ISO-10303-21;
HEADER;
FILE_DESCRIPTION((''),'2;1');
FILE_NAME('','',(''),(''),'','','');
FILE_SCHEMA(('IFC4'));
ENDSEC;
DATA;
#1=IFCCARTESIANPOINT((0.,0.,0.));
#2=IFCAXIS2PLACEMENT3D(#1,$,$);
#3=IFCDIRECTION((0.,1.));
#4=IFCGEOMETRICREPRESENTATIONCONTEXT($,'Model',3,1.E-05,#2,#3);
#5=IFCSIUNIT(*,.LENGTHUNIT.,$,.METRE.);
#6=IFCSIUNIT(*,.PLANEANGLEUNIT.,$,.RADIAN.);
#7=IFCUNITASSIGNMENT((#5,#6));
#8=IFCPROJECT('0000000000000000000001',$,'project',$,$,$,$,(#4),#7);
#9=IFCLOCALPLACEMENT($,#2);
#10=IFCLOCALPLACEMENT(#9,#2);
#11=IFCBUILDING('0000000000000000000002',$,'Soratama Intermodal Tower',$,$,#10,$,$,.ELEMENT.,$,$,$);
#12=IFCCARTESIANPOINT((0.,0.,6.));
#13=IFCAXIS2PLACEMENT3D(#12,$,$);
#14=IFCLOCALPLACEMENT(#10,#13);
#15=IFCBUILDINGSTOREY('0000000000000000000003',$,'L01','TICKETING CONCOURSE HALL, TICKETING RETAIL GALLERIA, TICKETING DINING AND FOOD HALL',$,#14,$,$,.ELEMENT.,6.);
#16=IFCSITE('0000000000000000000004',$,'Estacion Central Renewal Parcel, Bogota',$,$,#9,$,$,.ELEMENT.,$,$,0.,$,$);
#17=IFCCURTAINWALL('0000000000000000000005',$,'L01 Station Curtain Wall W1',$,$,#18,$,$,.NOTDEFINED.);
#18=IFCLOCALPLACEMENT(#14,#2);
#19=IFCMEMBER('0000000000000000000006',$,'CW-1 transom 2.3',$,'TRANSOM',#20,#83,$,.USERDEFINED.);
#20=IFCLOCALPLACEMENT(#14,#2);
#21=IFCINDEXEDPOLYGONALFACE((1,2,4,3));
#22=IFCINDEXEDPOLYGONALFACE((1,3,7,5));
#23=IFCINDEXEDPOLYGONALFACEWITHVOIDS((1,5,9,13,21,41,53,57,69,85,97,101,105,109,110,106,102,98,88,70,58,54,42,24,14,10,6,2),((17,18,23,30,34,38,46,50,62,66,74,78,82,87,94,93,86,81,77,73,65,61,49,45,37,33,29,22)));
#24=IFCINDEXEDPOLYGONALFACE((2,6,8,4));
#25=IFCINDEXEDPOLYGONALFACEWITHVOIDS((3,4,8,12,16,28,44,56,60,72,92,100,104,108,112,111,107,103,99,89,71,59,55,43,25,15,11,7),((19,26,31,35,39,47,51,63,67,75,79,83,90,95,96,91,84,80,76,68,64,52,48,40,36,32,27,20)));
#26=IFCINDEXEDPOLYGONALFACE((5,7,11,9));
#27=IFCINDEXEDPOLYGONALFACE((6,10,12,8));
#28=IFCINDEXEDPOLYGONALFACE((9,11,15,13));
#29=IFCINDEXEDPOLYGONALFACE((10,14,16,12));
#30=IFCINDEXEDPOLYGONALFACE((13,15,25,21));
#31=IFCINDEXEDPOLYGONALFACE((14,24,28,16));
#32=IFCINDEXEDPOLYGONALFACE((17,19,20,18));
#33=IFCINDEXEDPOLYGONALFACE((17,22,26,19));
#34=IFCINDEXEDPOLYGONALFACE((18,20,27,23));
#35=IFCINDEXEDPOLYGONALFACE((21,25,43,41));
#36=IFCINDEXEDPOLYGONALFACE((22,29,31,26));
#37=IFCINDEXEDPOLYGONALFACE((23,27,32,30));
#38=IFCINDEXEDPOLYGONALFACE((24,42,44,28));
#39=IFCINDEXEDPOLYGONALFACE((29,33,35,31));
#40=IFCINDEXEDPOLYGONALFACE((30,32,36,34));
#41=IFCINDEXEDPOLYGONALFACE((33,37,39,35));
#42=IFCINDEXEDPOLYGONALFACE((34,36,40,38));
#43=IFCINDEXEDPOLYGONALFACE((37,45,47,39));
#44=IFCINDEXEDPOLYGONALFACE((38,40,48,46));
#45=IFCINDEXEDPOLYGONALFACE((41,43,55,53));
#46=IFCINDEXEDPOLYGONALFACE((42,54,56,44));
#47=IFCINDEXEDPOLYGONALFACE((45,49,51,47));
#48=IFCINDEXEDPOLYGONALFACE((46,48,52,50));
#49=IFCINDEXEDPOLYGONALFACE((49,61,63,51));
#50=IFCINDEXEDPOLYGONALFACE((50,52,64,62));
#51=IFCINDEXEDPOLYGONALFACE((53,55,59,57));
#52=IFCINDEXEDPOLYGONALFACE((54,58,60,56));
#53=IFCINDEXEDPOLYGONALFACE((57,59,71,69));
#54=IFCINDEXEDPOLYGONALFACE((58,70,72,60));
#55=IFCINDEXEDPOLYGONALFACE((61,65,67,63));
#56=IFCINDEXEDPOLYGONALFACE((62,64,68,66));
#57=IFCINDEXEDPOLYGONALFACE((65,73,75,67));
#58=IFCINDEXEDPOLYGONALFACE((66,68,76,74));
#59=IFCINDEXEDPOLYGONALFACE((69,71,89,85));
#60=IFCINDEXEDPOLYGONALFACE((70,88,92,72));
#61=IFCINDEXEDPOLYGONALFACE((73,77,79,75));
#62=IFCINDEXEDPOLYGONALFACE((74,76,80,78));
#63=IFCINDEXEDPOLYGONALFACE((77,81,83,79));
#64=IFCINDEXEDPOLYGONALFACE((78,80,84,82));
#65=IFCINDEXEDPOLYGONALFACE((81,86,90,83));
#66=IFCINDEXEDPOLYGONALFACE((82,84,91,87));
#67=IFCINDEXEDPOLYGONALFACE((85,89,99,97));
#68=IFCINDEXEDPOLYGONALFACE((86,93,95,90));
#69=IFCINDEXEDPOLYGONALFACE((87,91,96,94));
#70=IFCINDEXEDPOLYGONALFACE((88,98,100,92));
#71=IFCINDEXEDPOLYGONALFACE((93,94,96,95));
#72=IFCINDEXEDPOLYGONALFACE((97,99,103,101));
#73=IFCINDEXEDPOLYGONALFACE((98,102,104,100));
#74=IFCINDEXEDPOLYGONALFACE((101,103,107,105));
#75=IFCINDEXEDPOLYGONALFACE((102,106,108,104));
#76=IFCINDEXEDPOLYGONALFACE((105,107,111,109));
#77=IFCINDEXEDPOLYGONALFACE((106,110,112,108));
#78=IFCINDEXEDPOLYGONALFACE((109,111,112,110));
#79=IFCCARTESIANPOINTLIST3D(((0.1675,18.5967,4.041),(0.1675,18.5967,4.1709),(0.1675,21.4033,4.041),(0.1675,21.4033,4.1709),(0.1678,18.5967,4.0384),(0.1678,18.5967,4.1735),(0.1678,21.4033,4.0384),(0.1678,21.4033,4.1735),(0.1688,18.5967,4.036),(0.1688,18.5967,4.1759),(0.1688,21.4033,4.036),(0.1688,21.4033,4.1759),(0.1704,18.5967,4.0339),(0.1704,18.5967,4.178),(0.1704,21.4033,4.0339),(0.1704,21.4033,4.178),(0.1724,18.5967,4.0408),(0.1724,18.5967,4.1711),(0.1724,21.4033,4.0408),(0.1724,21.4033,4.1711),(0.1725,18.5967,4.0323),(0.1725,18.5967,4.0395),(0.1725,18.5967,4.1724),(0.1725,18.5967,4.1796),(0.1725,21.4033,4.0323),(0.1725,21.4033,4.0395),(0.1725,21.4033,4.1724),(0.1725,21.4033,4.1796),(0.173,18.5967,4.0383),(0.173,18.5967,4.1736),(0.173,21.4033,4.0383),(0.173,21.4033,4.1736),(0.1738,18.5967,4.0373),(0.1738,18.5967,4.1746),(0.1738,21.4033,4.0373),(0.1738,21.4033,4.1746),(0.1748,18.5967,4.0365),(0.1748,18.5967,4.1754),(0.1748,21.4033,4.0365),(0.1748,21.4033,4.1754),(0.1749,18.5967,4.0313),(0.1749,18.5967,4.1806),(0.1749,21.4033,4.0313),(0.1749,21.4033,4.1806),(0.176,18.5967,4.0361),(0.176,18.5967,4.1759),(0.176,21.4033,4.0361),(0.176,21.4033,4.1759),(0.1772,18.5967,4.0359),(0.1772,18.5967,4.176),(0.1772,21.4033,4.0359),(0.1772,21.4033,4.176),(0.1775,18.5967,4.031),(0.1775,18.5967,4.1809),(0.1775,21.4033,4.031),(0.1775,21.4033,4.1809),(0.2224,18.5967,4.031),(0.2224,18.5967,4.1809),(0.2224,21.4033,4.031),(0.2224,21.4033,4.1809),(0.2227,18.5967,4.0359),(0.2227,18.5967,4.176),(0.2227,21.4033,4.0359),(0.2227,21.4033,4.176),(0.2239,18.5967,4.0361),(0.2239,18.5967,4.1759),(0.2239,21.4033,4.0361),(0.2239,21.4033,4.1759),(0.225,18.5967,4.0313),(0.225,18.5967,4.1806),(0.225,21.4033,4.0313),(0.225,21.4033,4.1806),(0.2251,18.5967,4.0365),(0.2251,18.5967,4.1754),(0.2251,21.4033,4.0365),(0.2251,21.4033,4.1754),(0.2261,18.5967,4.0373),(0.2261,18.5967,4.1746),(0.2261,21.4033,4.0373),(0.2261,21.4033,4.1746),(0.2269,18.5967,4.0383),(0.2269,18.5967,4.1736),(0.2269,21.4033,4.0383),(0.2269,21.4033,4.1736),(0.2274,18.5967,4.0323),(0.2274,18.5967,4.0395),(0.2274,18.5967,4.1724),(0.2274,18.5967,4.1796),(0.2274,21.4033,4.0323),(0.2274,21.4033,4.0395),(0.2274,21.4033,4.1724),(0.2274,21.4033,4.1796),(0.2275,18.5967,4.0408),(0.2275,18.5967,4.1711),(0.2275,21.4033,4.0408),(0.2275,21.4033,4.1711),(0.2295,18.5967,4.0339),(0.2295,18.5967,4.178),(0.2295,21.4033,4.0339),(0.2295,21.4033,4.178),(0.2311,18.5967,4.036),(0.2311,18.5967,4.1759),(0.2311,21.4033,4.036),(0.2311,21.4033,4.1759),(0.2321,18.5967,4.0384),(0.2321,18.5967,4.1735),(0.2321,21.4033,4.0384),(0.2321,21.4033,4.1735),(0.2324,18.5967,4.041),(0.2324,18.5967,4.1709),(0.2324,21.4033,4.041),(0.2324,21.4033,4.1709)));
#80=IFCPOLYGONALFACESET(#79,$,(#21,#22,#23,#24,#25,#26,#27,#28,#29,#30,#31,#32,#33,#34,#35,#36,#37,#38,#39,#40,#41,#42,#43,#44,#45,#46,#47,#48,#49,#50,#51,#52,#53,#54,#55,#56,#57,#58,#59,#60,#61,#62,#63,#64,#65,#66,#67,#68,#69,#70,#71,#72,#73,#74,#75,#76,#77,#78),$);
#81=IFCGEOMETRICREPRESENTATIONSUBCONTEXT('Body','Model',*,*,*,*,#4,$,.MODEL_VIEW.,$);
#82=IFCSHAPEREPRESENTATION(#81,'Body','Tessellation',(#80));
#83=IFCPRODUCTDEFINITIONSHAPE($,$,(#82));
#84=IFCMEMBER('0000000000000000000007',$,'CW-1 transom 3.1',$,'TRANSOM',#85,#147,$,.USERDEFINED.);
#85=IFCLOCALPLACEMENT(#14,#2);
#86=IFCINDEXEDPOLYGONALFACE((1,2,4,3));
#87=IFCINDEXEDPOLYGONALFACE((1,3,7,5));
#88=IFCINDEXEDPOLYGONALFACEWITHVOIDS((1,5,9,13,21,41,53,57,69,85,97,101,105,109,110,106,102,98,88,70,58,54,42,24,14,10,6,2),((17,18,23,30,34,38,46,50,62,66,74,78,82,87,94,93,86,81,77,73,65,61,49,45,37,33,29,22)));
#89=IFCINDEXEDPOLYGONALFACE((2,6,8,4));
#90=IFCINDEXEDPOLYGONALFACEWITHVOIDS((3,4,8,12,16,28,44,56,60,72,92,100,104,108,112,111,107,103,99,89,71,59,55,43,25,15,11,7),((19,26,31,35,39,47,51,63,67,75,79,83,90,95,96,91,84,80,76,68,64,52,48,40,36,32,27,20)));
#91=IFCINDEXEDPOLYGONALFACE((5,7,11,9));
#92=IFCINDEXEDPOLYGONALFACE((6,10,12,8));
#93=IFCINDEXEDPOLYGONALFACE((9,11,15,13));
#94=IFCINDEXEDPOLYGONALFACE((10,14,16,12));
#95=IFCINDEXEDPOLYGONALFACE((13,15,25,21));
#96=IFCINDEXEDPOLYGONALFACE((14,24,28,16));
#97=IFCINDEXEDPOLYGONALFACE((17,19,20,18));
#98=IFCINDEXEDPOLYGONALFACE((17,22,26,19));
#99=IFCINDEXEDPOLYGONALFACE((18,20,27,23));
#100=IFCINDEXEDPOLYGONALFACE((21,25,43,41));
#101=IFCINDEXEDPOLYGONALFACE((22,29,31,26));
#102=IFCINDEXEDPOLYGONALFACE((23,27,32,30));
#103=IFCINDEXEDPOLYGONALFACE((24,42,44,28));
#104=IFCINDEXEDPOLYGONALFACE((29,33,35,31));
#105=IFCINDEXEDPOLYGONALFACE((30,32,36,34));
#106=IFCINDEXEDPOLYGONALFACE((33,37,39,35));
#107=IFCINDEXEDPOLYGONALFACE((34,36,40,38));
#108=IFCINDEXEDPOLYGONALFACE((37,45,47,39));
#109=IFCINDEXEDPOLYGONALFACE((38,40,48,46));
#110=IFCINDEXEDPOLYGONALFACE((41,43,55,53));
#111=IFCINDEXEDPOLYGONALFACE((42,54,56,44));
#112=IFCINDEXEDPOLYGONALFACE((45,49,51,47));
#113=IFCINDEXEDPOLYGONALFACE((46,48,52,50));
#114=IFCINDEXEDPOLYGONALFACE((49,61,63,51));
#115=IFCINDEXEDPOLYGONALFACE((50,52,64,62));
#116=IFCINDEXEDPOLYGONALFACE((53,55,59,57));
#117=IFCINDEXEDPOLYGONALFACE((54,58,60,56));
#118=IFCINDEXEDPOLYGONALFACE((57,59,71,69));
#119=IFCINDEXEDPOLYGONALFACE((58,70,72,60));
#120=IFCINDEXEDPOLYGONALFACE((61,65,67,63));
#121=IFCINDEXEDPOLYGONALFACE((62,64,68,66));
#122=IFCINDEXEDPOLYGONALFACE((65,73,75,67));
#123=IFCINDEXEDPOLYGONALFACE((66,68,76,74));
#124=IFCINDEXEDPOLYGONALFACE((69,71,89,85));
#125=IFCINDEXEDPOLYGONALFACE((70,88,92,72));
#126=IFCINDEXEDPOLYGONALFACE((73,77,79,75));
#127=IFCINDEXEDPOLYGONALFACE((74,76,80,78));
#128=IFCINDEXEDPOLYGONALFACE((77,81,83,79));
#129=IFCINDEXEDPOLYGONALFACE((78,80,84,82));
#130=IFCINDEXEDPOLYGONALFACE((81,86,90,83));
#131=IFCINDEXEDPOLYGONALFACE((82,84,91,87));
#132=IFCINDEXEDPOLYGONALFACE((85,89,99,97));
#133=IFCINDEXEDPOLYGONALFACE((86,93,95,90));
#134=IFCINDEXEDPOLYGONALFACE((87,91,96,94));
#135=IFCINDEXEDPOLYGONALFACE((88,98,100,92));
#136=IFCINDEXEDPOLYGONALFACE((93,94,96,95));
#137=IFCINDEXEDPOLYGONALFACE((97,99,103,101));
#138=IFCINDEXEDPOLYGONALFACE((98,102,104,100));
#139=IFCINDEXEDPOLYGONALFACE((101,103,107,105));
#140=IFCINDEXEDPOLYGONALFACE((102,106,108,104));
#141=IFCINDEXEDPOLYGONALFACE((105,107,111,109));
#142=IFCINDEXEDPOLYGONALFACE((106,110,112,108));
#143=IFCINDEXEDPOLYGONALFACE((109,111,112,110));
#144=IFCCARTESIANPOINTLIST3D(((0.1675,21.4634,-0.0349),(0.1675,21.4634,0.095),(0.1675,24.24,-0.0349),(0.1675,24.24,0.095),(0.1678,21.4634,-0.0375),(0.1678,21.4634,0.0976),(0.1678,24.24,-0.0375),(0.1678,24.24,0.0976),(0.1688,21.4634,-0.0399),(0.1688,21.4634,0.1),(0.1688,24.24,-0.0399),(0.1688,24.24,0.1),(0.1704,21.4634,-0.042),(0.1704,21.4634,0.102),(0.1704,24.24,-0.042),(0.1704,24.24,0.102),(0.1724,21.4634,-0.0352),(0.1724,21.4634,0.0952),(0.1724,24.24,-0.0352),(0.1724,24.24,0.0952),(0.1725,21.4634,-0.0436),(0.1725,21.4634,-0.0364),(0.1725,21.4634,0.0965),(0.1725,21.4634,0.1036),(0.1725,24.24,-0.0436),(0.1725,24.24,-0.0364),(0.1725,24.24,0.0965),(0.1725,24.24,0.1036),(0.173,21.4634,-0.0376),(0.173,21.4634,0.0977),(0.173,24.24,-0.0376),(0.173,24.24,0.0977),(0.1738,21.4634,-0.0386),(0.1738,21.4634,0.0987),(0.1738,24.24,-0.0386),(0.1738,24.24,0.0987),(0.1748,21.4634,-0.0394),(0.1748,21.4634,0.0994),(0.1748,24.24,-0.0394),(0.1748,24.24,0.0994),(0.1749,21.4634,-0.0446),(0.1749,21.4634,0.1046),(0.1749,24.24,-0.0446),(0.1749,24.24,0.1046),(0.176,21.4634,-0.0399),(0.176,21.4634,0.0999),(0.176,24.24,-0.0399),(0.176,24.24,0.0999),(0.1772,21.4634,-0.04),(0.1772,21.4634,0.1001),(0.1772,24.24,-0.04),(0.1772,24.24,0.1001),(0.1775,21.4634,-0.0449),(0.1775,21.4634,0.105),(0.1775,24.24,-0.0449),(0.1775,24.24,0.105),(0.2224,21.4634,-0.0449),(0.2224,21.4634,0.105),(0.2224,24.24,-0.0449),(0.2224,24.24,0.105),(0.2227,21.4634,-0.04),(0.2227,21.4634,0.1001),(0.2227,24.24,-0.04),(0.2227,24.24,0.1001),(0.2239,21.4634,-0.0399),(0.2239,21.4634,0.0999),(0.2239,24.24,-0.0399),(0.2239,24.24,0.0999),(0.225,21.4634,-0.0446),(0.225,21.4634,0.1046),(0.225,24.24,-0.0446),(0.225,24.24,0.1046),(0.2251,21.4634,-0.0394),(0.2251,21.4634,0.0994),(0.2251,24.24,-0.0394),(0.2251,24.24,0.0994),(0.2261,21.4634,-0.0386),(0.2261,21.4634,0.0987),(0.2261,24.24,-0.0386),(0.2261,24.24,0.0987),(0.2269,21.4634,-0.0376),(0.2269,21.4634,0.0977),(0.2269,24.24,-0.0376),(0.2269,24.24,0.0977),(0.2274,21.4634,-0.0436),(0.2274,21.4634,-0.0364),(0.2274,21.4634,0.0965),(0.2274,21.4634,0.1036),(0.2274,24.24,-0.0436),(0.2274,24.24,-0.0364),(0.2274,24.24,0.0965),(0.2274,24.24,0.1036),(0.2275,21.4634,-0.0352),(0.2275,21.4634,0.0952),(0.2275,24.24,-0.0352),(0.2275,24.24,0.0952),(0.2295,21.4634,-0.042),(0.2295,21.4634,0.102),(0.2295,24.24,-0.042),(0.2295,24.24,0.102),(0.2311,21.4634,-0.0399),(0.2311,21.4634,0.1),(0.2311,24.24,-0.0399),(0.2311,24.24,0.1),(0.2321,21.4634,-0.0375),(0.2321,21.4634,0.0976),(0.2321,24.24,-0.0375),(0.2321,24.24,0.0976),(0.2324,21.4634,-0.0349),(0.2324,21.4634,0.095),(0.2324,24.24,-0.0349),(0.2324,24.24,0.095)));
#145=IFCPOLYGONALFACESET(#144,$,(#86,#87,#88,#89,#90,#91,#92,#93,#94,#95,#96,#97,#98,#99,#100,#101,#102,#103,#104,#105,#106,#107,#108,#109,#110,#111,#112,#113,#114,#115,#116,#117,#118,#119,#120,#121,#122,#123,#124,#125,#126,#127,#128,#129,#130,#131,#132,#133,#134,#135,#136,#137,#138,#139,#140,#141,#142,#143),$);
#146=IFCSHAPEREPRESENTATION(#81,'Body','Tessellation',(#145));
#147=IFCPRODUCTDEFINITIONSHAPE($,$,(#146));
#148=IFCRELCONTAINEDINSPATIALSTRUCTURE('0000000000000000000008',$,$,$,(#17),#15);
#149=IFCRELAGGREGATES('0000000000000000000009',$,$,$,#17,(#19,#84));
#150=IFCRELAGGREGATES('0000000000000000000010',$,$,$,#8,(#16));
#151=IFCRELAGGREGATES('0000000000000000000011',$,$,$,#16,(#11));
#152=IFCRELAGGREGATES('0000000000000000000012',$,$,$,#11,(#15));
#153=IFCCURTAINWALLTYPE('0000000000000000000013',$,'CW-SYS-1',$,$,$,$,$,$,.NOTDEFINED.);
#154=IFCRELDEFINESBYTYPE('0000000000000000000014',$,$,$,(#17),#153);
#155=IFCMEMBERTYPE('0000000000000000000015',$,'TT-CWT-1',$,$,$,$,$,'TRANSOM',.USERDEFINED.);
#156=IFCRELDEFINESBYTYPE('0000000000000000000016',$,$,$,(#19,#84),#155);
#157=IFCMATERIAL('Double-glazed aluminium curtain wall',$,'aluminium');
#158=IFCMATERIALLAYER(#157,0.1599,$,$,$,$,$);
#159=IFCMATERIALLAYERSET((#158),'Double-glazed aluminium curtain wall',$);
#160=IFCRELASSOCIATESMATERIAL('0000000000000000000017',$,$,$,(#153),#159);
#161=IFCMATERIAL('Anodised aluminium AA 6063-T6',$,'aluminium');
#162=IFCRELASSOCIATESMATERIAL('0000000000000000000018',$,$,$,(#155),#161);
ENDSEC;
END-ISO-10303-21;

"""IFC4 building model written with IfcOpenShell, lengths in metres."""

from ifc_helpers import new_model, si_unit, direction, frame, origin, origin_2d, place, context, subcontext, project, spatial, hollow_rectangle, extrude, material, layer, layer_set, material_profile, profile_set, type_object, element, aggregate, save


model = new_model("IFC4")

# Units and contexts
model_context = context("Model", 3, precision=1e-05, world=origin(), true_north=direction((0.0, 1.0)))
body_context = subcontext(model_context, "Body", "Model", "MODEL_VIEW")
ifc_project = project(units=[si_unit("LENGTHUNIT", "METRE"), si_unit("PLANEANGLEUNIT", "RADIAN")], contexts=[model_context])

# Site, building, storey
site_placement = place(None, origin())
site = spatial("IfcSite", under=ifc_project, at=site_placement, Name="Estacion Central Renewal Parcel, Bogota", CompositionType="ELEMENT", RefElevation=0.0)
building_placement = place(site_placement, origin())
building = spatial("IfcBuilding", under=site, at=building_placement, Name="Soratama Intermodal Tower", CompositionType="ELEMENT")
storey_placement = place(building_placement, frame((0.0, 0.0, 6.0)))
storey = spatial("IfcBuildingStorey", under=building, at=storey_placement, Name="L01", Description="TICKETING CONCOURSE HALL, TICKETING RETAIL GALLERIA, TICKETING DINING AND FOOD HALL", CompositionType="ELEMENT", Elevation=6.0)

# Curtain wall, members
ifc_material_1 = material(Name="Double-glazed aluminium curtain wall", Category="aluminium")
ifc_layer_1 = layer(ifc_material_1, 0.1599)
ifc_layer_set_1 = layer_set([ifc_layer_1], Name="Double-glazed aluminium curtain wall")
curtain_wall_type = type_object("IfcCurtainWallType", Name="CW-SYS-1", PredefinedType="NOTDEFINED", material=ifc_layer_set_1)
curtain_wall_placement = place(storey_placement, origin())
curtain_wall = element("IfcCurtainWall", 1, at=curtain_wall_placement, inside=storey, type_object=curtain_wall_type, Name="L01 Station Curtain Wall W1", PredefinedType="NOTDEFINED")
ifc_material_2 = material(Name="Anodised aluminium AA 6063-T6", Category="aluminium")
ifc_material_profile_1 = material_profile(ifc_material_2, hollow_rectangle(XDim=0.0649, YDim=0.1499, WallThickness=0.0049, InnerFilletRadius=0.0049, OuterFilletRadius=0.01, at=origin_2d()), Name="CWT150X65X5")
ifc_profile_set_1 = profile_set([ifc_material_profile_1], Name="Anodised aluminium AA 6063-T6")
member_type_1 = type_object("IfcMemberType", Name="TT-CWT-1", ElementType="TRANSOM", PredefinedType="USERDEFINED", material=ifc_profile_set_1)
member_1_placement = place(storey_placement, frame((0.2, 18.5967, 4.106), z_axis=(0.0, 1.0, 0.0), x_axis=(-1.0, 0.0, 0.0)))
member_1 = element("IfcMember", 2, at=member_1_placement, type_object=member_type_1, Name="CW-1 transom 2.3", ObjectType="TRANSOM", PredefinedType="USERDEFINED", context=body_context, shape_type="SweptSolid", body=[
    extrude(hollow_rectangle(XDim=0.0649, YDim=0.1499, WallThickness=0.0049, InnerFilletRadius=0.0049, OuterFilletRadius=0.01, at=origin_2d()), origin(), (0.0, 0.0, 1.0), 2.8066),
])
member_2_placement = place(storey_placement, frame((0.2, 21.4634, 0.03), z_axis=(0.0, 1.0, 0.0), x_axis=(-1.0, 0.0, 0.0)))
member_2 = element("IfcMember", 3, at=member_2_placement, type_object=member_type_1, Name="CW-1 transom 3.1", ObjectType="TRANSOM", PredefinedType="USERDEFINED", context=body_context, shape_type="SweptSolid", body=[
    extrude(hollow_rectangle(XDim=0.0649, YDim=0.1499, WallThickness=0.0049, InnerFilletRadius=0.0049, OuterFilletRadius=0.01, at=origin_2d()), origin(), (0.0, 0.0, 1.0), 2.7766),
])
aggregate(curtain_wall, [member_1, member_2])

save(model, "model.ifc")
